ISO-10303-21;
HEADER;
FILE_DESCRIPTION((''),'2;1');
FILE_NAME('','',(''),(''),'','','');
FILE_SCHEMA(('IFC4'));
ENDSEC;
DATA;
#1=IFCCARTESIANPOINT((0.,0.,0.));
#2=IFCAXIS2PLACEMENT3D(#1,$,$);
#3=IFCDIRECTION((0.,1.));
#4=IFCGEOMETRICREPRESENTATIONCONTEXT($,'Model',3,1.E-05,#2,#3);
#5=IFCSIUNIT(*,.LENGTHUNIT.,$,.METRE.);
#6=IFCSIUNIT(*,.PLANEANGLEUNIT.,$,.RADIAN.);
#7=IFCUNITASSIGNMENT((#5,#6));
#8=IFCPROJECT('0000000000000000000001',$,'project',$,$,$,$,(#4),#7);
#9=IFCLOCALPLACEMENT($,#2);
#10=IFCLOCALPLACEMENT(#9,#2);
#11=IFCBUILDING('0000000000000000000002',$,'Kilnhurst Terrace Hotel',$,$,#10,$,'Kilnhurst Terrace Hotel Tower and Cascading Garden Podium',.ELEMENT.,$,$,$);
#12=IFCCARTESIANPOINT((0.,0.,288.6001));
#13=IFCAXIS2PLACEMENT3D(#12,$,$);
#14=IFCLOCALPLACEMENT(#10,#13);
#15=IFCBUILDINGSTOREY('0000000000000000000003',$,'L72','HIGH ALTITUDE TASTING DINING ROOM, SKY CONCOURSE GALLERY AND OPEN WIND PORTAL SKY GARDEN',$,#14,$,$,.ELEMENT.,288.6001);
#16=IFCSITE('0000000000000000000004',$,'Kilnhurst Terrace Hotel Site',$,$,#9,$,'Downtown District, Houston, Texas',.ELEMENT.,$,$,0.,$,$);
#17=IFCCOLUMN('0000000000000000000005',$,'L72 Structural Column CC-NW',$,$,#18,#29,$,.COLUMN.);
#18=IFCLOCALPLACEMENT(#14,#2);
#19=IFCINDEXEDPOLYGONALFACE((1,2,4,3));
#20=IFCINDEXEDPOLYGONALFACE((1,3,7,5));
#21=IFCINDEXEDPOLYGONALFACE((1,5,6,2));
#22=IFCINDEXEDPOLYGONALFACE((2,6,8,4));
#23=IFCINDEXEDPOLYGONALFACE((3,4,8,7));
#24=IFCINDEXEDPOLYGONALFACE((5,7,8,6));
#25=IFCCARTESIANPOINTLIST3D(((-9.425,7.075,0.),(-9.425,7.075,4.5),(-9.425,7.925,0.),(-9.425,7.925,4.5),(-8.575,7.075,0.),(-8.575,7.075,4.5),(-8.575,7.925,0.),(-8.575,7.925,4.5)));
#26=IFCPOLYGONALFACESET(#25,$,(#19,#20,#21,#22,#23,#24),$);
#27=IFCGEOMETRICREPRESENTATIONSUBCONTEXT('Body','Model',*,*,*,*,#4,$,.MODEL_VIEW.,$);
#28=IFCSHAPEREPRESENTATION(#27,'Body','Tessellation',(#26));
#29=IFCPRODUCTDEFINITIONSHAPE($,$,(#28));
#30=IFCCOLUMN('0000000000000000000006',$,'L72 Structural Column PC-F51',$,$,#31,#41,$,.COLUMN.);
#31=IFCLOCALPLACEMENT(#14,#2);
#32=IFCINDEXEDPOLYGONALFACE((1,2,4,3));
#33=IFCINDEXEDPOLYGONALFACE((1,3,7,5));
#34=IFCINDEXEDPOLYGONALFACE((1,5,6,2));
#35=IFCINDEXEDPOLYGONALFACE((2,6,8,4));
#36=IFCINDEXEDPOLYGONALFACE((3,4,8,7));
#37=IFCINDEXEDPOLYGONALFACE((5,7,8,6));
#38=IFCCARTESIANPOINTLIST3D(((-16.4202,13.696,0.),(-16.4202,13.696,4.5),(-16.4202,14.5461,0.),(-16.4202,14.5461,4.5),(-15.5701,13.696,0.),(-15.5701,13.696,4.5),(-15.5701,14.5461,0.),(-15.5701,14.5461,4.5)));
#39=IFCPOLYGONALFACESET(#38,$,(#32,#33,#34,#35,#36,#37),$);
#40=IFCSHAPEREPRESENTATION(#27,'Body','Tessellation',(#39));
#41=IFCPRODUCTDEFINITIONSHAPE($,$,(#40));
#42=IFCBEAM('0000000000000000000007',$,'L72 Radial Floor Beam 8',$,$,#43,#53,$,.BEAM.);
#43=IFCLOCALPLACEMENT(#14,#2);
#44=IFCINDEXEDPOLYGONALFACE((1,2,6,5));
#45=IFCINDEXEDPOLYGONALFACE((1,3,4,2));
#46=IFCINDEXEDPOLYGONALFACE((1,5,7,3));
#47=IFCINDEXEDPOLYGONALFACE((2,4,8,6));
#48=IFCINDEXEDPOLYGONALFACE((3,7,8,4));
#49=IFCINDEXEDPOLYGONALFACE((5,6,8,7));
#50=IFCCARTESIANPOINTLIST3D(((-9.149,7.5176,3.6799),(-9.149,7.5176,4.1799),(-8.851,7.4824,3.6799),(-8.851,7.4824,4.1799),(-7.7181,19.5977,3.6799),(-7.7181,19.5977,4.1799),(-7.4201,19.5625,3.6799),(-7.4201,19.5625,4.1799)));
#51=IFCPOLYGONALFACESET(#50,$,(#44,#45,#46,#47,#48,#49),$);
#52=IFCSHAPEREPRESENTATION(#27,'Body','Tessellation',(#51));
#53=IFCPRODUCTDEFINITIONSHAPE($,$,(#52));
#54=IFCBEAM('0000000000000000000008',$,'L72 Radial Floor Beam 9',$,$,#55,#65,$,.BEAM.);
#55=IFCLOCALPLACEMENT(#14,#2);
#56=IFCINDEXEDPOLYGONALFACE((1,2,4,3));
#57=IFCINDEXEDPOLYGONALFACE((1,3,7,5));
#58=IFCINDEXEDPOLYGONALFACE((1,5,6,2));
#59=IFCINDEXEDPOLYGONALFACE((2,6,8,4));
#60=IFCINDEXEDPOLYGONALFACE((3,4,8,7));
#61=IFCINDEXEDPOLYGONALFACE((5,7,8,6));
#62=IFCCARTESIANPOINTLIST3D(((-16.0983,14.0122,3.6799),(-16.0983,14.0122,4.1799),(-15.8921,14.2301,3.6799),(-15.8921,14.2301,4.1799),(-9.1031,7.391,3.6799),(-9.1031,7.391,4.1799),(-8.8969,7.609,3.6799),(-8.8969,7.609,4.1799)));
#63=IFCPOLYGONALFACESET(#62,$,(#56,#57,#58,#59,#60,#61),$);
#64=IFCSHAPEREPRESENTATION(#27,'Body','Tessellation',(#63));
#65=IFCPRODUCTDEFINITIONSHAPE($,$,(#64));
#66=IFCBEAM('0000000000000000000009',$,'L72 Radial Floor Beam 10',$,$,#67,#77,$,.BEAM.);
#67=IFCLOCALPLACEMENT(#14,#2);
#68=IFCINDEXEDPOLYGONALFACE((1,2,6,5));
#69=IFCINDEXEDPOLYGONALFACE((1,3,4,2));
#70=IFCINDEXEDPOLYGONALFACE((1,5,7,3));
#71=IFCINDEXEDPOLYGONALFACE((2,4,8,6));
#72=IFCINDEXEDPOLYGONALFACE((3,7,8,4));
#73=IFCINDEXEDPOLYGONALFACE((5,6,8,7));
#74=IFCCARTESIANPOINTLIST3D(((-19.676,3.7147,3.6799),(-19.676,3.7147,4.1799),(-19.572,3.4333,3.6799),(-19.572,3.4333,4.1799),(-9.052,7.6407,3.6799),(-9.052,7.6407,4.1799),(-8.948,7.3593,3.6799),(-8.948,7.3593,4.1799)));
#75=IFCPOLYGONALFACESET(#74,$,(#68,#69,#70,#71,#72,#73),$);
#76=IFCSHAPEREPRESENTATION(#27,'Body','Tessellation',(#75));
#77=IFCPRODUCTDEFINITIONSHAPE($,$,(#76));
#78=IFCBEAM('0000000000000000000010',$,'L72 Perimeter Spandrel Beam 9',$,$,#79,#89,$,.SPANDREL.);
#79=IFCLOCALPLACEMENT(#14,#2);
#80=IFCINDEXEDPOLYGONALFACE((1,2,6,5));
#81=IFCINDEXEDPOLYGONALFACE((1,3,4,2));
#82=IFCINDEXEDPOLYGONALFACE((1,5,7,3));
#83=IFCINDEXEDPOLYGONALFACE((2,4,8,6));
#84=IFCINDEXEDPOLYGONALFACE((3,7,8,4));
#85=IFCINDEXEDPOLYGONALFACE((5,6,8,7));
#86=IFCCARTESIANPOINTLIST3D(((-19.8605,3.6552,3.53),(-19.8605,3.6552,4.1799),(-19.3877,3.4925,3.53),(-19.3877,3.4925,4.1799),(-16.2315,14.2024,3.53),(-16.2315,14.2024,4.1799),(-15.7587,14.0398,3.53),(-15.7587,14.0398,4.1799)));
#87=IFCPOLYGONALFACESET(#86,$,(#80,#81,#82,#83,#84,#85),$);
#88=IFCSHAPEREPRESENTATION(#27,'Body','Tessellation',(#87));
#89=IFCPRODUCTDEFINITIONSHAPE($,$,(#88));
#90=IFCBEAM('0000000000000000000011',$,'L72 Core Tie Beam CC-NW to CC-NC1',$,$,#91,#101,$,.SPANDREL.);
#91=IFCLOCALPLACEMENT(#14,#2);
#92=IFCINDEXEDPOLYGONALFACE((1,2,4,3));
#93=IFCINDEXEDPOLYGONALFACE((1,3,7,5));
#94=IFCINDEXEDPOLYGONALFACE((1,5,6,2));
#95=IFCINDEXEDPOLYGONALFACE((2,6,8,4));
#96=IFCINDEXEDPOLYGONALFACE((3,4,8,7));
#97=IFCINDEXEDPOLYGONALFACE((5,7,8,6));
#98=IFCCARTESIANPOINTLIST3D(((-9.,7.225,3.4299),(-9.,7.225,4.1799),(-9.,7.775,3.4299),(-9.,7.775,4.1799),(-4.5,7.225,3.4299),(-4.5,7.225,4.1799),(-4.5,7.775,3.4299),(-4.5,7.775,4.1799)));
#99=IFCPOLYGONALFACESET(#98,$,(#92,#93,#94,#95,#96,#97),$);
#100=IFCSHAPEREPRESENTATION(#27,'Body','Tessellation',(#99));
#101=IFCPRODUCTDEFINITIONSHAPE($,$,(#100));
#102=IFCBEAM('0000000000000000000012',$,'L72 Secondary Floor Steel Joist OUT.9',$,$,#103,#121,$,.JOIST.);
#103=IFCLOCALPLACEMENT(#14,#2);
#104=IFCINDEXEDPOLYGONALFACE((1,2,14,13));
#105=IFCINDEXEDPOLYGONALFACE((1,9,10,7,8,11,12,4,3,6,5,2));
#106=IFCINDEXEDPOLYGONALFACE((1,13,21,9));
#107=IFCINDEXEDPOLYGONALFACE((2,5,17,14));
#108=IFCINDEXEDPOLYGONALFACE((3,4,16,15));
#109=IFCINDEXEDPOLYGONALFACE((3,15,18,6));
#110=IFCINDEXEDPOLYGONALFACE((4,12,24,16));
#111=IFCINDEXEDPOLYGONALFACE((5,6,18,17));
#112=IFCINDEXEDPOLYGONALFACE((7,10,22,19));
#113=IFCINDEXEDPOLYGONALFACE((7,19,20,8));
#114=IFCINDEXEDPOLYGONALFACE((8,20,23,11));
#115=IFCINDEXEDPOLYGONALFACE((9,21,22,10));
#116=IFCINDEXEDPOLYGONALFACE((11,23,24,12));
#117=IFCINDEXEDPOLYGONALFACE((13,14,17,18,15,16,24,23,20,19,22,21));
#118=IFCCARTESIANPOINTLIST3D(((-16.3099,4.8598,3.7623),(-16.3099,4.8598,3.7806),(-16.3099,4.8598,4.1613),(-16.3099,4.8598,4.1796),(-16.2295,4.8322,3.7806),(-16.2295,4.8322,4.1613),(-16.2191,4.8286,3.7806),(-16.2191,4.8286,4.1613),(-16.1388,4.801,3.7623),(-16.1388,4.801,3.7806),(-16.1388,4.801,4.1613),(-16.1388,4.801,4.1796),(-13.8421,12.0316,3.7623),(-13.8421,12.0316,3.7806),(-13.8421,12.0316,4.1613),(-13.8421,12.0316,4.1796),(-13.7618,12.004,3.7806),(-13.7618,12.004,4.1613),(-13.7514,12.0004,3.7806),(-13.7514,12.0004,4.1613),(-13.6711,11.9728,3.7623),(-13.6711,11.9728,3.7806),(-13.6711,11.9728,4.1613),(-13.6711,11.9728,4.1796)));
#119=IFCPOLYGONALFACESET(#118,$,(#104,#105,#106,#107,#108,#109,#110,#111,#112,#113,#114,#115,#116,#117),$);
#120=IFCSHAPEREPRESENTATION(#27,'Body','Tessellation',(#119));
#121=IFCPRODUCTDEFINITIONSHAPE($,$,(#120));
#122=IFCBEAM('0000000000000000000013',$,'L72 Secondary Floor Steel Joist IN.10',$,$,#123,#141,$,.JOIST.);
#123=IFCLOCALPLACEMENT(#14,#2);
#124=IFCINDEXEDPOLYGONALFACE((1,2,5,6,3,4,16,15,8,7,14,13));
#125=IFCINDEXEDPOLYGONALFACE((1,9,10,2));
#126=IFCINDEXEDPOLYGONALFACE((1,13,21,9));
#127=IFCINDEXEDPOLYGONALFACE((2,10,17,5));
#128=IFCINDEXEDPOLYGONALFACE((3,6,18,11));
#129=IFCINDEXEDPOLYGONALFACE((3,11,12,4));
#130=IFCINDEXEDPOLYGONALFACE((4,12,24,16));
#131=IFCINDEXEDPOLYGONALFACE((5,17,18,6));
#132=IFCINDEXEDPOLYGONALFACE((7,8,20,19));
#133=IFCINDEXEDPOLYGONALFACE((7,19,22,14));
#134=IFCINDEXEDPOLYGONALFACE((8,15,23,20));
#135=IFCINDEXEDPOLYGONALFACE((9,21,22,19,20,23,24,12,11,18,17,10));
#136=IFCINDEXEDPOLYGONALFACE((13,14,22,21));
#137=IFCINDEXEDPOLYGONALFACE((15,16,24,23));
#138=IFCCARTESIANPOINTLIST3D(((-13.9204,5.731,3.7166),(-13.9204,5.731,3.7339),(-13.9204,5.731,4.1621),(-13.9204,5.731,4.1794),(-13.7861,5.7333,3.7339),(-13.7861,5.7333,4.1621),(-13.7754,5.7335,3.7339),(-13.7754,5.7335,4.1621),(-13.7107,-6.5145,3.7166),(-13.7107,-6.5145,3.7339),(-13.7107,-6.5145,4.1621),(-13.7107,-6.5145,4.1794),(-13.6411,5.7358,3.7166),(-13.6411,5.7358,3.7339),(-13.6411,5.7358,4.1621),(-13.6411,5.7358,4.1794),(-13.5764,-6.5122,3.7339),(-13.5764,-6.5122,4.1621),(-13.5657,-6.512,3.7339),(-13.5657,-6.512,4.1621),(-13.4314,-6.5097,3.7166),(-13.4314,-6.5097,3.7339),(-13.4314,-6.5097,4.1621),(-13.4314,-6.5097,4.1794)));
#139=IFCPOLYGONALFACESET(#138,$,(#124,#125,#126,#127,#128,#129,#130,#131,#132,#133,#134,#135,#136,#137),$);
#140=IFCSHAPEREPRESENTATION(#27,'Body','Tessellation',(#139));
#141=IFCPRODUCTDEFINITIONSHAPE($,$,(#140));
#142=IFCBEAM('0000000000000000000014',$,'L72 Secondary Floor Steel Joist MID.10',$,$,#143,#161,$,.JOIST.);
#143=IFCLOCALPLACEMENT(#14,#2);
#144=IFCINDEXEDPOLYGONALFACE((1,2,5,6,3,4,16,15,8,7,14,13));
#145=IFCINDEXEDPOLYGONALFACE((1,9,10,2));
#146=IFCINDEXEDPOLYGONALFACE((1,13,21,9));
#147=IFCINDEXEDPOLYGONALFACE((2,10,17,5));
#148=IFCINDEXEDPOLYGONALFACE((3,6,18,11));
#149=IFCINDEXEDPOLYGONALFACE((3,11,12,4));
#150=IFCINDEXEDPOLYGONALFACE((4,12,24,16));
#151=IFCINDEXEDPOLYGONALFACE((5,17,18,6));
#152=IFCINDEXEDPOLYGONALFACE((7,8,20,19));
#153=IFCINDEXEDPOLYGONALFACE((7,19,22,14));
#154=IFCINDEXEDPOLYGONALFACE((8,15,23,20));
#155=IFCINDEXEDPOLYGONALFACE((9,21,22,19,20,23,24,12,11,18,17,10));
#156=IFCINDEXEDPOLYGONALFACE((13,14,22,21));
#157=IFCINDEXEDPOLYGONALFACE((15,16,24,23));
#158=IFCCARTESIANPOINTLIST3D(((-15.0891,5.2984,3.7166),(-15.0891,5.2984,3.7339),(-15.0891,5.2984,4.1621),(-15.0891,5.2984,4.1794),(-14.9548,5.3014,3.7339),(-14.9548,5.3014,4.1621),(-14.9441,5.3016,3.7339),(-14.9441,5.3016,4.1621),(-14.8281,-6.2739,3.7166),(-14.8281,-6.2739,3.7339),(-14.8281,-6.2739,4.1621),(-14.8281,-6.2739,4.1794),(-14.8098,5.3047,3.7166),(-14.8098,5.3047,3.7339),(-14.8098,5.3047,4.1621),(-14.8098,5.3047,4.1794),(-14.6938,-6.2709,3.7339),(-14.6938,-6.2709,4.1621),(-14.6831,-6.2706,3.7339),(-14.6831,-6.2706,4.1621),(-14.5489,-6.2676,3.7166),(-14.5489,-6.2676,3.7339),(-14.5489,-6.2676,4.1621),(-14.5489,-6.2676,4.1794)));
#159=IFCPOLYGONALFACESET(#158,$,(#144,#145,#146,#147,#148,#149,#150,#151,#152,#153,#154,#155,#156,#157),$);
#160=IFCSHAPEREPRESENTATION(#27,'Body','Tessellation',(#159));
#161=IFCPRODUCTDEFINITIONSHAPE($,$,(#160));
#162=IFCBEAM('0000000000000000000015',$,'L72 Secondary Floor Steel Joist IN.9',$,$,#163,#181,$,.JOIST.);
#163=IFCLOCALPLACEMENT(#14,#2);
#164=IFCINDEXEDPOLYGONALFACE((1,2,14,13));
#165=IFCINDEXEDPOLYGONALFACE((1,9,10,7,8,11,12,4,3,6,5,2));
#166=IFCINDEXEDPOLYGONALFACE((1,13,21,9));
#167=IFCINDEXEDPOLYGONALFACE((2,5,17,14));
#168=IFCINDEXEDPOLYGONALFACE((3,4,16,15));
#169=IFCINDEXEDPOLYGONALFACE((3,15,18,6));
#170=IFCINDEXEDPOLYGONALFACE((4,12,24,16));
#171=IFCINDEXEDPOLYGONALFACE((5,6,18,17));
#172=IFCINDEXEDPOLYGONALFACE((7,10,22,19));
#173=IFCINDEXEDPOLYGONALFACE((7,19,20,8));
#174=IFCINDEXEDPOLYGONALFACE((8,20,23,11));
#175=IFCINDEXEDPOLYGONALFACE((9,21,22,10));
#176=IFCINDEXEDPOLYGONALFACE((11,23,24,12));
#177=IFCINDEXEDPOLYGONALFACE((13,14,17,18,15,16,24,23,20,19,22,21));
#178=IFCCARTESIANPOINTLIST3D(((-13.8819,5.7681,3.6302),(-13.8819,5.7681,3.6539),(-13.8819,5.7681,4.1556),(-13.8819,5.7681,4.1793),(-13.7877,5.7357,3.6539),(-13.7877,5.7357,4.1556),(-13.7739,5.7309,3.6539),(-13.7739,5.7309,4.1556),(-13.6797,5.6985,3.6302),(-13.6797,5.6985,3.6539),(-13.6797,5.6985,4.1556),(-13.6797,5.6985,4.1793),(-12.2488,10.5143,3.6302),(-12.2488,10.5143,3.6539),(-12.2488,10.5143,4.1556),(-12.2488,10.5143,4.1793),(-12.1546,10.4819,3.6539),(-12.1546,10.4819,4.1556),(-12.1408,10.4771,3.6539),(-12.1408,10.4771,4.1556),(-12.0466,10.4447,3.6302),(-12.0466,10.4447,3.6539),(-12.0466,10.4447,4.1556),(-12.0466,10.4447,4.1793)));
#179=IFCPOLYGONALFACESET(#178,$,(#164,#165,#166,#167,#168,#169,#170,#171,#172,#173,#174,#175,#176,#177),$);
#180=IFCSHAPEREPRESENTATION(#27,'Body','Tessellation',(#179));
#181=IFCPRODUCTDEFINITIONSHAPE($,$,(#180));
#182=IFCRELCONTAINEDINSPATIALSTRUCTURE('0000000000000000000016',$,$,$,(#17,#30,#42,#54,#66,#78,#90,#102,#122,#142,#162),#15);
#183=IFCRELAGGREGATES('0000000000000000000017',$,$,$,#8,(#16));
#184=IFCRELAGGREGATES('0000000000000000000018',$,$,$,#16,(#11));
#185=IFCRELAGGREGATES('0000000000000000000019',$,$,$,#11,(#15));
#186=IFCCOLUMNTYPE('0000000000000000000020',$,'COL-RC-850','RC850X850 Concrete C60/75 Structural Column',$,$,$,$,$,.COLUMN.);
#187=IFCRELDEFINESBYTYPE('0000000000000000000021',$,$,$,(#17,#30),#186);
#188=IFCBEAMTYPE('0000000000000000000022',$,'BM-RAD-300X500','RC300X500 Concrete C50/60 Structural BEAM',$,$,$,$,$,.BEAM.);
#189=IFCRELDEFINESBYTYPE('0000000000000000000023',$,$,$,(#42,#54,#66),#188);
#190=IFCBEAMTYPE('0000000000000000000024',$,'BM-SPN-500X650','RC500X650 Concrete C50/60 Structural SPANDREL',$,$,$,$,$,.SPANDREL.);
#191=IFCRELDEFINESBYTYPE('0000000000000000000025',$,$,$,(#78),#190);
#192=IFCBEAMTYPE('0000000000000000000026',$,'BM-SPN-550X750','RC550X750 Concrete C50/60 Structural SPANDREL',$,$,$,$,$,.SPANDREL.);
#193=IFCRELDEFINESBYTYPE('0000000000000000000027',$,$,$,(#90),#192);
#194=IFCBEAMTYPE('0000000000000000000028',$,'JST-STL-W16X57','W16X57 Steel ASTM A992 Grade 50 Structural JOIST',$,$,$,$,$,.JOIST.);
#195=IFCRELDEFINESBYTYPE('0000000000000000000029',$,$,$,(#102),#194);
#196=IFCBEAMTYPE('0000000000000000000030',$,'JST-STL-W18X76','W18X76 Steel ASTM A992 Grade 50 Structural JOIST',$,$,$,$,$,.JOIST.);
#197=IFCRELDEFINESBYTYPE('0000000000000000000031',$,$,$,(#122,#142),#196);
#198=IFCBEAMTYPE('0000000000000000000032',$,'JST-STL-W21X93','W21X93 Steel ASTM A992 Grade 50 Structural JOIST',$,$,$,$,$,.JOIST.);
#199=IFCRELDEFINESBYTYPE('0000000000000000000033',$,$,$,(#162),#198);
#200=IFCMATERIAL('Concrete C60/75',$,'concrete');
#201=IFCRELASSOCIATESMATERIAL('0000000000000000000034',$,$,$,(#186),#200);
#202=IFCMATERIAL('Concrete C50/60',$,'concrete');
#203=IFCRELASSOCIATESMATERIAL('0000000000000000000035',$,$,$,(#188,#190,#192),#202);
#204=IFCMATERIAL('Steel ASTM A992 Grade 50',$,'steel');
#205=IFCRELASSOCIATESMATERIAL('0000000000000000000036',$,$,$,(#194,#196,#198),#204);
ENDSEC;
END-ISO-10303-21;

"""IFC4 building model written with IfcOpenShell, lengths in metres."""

from ifc_helpers import new_model, si_unit, direction, frame, origin, origin_2d, place, context, subcontext, project, spatial, rectangle, i_section, extrude, material, material_profile, profile_set, type_object, element, save


model = new_model("IFC4")

# Units and contexts
model_context = context("Model", 3, precision=1e-05, world=origin(), true_north=direction((0.0, 1.0)))
body_context = subcontext(model_context, "Body", "Model", "MODEL_VIEW")
ifc_project = project(units=[si_unit("LENGTHUNIT", "METRE"), si_unit("PLANEANGLEUNIT", "RADIAN")], contexts=[model_context])

# Site, building, storey
site_placement = place(None, origin())
site = spatial("IfcSite", under=ifc_project, at=site_placement, Name="Kilnhurst Terrace Hotel Site", LongName="Downtown District, Houston, Texas", CompositionType="ELEMENT", RefElevation=0.0)
building_placement = place(site_placement, origin())
building = spatial("IfcBuilding", under=site, at=building_placement, Name="Kilnhurst Terrace Hotel", LongName="Kilnhurst Terrace Hotel Tower and Cascading Garden Podium", CompositionType="ELEMENT")
storey_placement = place(building_placement, frame((0.0, 0.0, 288.6001)))
storey = spatial("IfcBuildingStorey", under=building, at=storey_placement, Name="L72", Description="HIGH ALTITUDE TASTING DINING ROOM, SKY CONCOURSE GALLERY AND OPEN WIND PORTAL SKY GARDEN", CompositionType="ELEMENT", Elevation=288.6001)

# Columns
ifc_material_1 = material(Name="Concrete C60/75", Category="concrete")
ifc_material_profile_1 = material_profile(ifc_material_1, rectangle(XDim=0.8501, YDim=0.8501, at=origin_2d()), Name="RC850X850")
ifc_profile_set_1 = profile_set([ifc_material_profile_1], Name="Concrete C60/75")
column_type = type_object("IfcColumnType", Name="COL-RC-850", Description="RC850X850 Concrete C60/75 Structural Column", PredefinedType="COLUMN", material=ifc_profile_set_1)
for number, where, z_axis, x_axis, name in (
    (1, (-9.0, 7.5, 0.0), (0.0, 0.0, 1.0), (1.0, 0.0, 0.0), "L72 Structural Column CC-NW"),
    (2, (-15.9951, 14.1211, 0.0), (0.0, 0.0, 1.0), (1.0, 0.0, 0.0), "L72 Structural Column PC-F51"),
):
    element("IfcColumn", number, at=place(storey_placement, frame(where, z_axis=z_axis, x_axis=x_axis)), inside=storey, type_object=column_type, Name=name, PredefinedType="COLUMN", context=body_context, shape_type="SweptSolid", body=[
        extrude(rectangle(XDim=0.8501, YDim=0.8501, at=origin_2d()), origin(), (0.0, 0.0, 1.0), 4.5),
    ])

# Beams
ifc_material_2 = material(Name="Concrete C50/60", Category="concrete")
ifc_material_profile_2 = material_profile(ifc_material_2, rectangle(XDim=0.3, YDim=0.5, at=origin_2d()), Name="RC300X500")
ifc_profile_set_2 = profile_set([ifc_material_profile_2], Name="Concrete C50/60")
beam_type_1 = type_object("IfcBeamType", Name="BM-RAD-300X500", Description="RC300X500 Concrete C50/60 Structural BEAM", PredefinedType="BEAM", material=ifc_profile_set_2)
beam_1_placement = place(storey_placement, frame((-9.0, 7.5, 3.9299), z_axis=(0.11763, 0.993058, 0.0), x_axis=(-0.993058, 0.11763, 0.0)))
element("IfcBeam", 3, at=beam_1_placement, inside=storey, type_object=beam_type_1, Name="L72 Radial Floor Beam 8", PredefinedType="BEAM", context=body_context, shape_type="SweptSolid", body=[
    extrude(rectangle(XDim=0.3, YDim=0.5, at=origin_2d()), origin(), (0.0, 0.0, 1.0), 12.1646),
])
beam_2_placement = place(storey_placement, frame((-9.0, 7.5, 3.9299), z_axis=(-0.726256, 0.687424, 0.0), x_axis=(-0.687424, -0.726256, 0.0)))
element("IfcBeam", 4, at=beam_2_placement, inside=storey, type_object=beam_type_1, Name="L72 Radial Floor Beam 9", PredefinedType="BEAM", context=body_context, shape_type="SweptSolid", body=[
    extrude(rectangle(XDim=0.3, YDim=0.5, at=origin_2d()), origin(), (0.0, 0.0, 1.0), 9.6318),
])
beam_3_placement = place(storey_placement, frame((-9.0, 7.5, 3.9299), z_axis=(-0.938002, -0.346631, 0.0), x_axis=(0.346631, -0.938002, 0.0)))
element("IfcBeam", 5, at=beam_3_placement, inside=storey, type_object=beam_type_1, Name="L72 Radial Floor Beam 10", PredefinedType="BEAM", context=body_context, shape_type="SweptSolid", body=[
    extrude(rectangle(XDim=0.3, YDim=0.5, at=origin_2d()), origin(), (0.0, 0.0, 1.0), 11.3262),
])
ifc_material_profile_3 = material_profile(ifc_material_2, rectangle(XDim=0.5, YDim=0.6499, at=origin_2d()), Name="RC500X650")
ifc_profile_set_3 = profile_set([ifc_material_profile_3], Name="Concrete C50/60")
beam_type_2 = type_object("IfcBeamType", Name="BM-SPN-500X650", Description="RC500X650 Concrete C50/60 Structural SPANDREL", PredefinedType="SPANDREL", material=ifc_profile_set_3)
beam_4_placement = place(storey_placement, frame((-15.9951, 14.1211, 3.855), z_axis=(-0.325347, -0.945595, 0.0), x_axis=(0.945595, -0.325347, 0.0)))
element("IfcBeam", 6, at=beam_4_placement, inside=storey, type_object=beam_type_2, Name="L72 Perimeter Spandrel Beam 9", PredefinedType="SPANDREL", context=body_context, shape_type="SweptSolid", body=[
    extrude(rectangle(XDim=0.5, YDim=0.6499, at=origin_2d()), origin(), (0.0, 0.0, 1.0), 11.1541),
])
ifc_material_profile_4 = material_profile(ifc_material_2, rectangle(XDim=0.55, YDim=0.75, at=origin_2d()), Name="RC550X750")
ifc_profile_set_4 = profile_set([ifc_material_profile_4], Name="Concrete C50/60")
beam_type_3 = type_object("IfcBeamType", Name="BM-SPN-550X750", Description="RC550X750 Concrete C50/60 Structural SPANDREL", PredefinedType="SPANDREL", material=ifc_profile_set_4)
beam_5_placement = place(storey_placement, frame((-9.0, 7.5, 3.8049), z_axis=(1.0, 0.0, 0.0), x_axis=(0.0, 1.0, 0.0)))
element("IfcBeam", 7, at=beam_5_placement, inside=storey, type_object=beam_type_3, Name="L72 Core Tie Beam CC-NW to CC-NC1", PredefinedType="SPANDREL", context=body_context, shape_type="SweptSolid", body=[
    extrude(rectangle(XDim=0.55, YDim=0.75, at=origin_2d()), origin(), (0.0, 0.0, 1.0), 4.5),
])
ifc_material_3 = material(Name="Steel ASTM A992 Grade 50", Category="steel")
ifc_material_profile_5 = material_profile(ifc_material_3, i_section(OverallWidth=0.1809, OverallDepth=0.4172, WebThickness=0.011, FlangeThickness=0.0183, at=origin_2d()), Name="W16X57")
ifc_profile_set_5 = profile_set([ifc_material_profile_5], Name="Steel ASTM A992 Grade 50")
beam_type_4 = type_object("IfcBeamType", Name="JST-STL-W16X57", Description="W16X57 Steel ASTM A992 Grade 50 Structural JOIST", PredefinedType="JOIST", material=ifc_profile_set_5)
beam_6_placement = place(storey_placement, frame((-13.7566, 12.0022, 3.9709), z_axis=(-0.325368, -0.945588, 0.0), x_axis=(0.945588, -0.325368, 0.0)))
element("IfcBeam", 8, at=beam_6_placement, inside=storey, type_object=beam_type_4, Name="L72 Secondary Floor Steel Joist OUT.9", PredefinedType="JOIST", context=body_context, shape_type="SweptSolid", body=[
    extrude(i_section(OverallWidth=0.1809, OverallDepth=0.4172, WebThickness=0.011, FlangeThickness=0.0183, at=origin_2d()), origin(), (0.0, 0.0, 1.0), 7.5845),
])
ifc_material_profile_6 = material_profile(ifc_material_3, i_section(OverallWidth=0.2793, OverallDepth=0.4629, WebThickness=0.0107, FlangeThickness=0.0173, at=origin_2d()), Name="W18X76")
ifc_profile_set_6 = profile_set([ifc_material_profile_6], Name="Steel ASTM A992 Grade 50")
beam_type_5 = type_object("IfcBeamType", Name="JST-STL-W18X76", Description="W18X76 Steel ASTM A992 Grade 50 Structural JOIST", PredefinedType="JOIST", material=ifc_profile_set_6)
beam_7_placement = place(storey_placement, frame((-13.7808, 5.7334, 3.948), z_axis=(0.017123, -0.999853, 0.0), x_axis=(0.999853, 0.017123, 0.0)))
element("IfcBeam", 9, at=beam_7_placement, inside=storey, type_object=beam_type_5, Name="L72 Secondary Floor Steel Joist IN.10", PredefinedType="JOIST", context=body_context, shape_type="SweptSolid", body=[
    extrude(i_section(OverallWidth=0.2793, OverallDepth=0.4629, WebThickness=0.0107, FlangeThickness=0.0173, at=origin_2d()), origin(), (0.0, 0.0, 1.0), 12.2473),
])
beam_8_placement = place(storey_placement, frame((-14.9495, 5.3015, 3.948), z_axis=(0.022547, -0.999746, 0.0), x_axis=(0.999746, 0.022547, 0.0)))
element("IfcBeam", 10, at=beam_8_placement, inside=storey, type_object=beam_type_5, Name="L72 Secondary Floor Steel Joist MID.10", PredefinedType="JOIST", context=body_context, shape_type="SweptSolid", body=[
    extrude(i_section(OverallWidth=0.2793, OverallDepth=0.4629, WebThickness=0.0107, FlangeThickness=0.0173, at=origin_2d()), origin(), (0.0, 0.0, 1.0), 11.5752),
])
ifc_material_profile_7 = material_profile(ifc_material_3, i_section(OverallWidth=0.2139, OverallDepth=0.5491, WebThickness=0.0146, FlangeThickness=0.0237, at=origin_2d()), Name="W21X93")
ifc_profile_set_7 = profile_set([ifc_material_profile_7], Name="Steel ASTM A992 Grade 50")
beam_type_6 = type_object("IfcBeamType", Name="JST-STL-W21X93", Description="W21X93 Steel ASTM A992 Grade 50 Structural JOIST", PredefinedType="JOIST", material=ifc_profile_set_7)
beam_9_placement = place(storey_placement, frame((-12.1477, 10.4795, 3.9048), z_axis=(-0.325363, -0.945589, 0.0), x_axis=(0.945589, -0.325363, 0.0)))
element("IfcBeam", 11, at=beam_9_placement, inside=storey, type_object=beam_type_6, Name="L72 Secondary Floor Steel Joist IN.9", PredefinedType="JOIST", context=body_context, shape_type="SweptSolid", body=[
    extrude(i_section(OverallWidth=0.2139, OverallDepth=0.5491, WebThickness=0.0146, FlangeThickness=0.0237, at=origin_2d()), origin(), (0.0, 0.0, 1.0), 5.0193),
])

save(model, "model.ifc")
